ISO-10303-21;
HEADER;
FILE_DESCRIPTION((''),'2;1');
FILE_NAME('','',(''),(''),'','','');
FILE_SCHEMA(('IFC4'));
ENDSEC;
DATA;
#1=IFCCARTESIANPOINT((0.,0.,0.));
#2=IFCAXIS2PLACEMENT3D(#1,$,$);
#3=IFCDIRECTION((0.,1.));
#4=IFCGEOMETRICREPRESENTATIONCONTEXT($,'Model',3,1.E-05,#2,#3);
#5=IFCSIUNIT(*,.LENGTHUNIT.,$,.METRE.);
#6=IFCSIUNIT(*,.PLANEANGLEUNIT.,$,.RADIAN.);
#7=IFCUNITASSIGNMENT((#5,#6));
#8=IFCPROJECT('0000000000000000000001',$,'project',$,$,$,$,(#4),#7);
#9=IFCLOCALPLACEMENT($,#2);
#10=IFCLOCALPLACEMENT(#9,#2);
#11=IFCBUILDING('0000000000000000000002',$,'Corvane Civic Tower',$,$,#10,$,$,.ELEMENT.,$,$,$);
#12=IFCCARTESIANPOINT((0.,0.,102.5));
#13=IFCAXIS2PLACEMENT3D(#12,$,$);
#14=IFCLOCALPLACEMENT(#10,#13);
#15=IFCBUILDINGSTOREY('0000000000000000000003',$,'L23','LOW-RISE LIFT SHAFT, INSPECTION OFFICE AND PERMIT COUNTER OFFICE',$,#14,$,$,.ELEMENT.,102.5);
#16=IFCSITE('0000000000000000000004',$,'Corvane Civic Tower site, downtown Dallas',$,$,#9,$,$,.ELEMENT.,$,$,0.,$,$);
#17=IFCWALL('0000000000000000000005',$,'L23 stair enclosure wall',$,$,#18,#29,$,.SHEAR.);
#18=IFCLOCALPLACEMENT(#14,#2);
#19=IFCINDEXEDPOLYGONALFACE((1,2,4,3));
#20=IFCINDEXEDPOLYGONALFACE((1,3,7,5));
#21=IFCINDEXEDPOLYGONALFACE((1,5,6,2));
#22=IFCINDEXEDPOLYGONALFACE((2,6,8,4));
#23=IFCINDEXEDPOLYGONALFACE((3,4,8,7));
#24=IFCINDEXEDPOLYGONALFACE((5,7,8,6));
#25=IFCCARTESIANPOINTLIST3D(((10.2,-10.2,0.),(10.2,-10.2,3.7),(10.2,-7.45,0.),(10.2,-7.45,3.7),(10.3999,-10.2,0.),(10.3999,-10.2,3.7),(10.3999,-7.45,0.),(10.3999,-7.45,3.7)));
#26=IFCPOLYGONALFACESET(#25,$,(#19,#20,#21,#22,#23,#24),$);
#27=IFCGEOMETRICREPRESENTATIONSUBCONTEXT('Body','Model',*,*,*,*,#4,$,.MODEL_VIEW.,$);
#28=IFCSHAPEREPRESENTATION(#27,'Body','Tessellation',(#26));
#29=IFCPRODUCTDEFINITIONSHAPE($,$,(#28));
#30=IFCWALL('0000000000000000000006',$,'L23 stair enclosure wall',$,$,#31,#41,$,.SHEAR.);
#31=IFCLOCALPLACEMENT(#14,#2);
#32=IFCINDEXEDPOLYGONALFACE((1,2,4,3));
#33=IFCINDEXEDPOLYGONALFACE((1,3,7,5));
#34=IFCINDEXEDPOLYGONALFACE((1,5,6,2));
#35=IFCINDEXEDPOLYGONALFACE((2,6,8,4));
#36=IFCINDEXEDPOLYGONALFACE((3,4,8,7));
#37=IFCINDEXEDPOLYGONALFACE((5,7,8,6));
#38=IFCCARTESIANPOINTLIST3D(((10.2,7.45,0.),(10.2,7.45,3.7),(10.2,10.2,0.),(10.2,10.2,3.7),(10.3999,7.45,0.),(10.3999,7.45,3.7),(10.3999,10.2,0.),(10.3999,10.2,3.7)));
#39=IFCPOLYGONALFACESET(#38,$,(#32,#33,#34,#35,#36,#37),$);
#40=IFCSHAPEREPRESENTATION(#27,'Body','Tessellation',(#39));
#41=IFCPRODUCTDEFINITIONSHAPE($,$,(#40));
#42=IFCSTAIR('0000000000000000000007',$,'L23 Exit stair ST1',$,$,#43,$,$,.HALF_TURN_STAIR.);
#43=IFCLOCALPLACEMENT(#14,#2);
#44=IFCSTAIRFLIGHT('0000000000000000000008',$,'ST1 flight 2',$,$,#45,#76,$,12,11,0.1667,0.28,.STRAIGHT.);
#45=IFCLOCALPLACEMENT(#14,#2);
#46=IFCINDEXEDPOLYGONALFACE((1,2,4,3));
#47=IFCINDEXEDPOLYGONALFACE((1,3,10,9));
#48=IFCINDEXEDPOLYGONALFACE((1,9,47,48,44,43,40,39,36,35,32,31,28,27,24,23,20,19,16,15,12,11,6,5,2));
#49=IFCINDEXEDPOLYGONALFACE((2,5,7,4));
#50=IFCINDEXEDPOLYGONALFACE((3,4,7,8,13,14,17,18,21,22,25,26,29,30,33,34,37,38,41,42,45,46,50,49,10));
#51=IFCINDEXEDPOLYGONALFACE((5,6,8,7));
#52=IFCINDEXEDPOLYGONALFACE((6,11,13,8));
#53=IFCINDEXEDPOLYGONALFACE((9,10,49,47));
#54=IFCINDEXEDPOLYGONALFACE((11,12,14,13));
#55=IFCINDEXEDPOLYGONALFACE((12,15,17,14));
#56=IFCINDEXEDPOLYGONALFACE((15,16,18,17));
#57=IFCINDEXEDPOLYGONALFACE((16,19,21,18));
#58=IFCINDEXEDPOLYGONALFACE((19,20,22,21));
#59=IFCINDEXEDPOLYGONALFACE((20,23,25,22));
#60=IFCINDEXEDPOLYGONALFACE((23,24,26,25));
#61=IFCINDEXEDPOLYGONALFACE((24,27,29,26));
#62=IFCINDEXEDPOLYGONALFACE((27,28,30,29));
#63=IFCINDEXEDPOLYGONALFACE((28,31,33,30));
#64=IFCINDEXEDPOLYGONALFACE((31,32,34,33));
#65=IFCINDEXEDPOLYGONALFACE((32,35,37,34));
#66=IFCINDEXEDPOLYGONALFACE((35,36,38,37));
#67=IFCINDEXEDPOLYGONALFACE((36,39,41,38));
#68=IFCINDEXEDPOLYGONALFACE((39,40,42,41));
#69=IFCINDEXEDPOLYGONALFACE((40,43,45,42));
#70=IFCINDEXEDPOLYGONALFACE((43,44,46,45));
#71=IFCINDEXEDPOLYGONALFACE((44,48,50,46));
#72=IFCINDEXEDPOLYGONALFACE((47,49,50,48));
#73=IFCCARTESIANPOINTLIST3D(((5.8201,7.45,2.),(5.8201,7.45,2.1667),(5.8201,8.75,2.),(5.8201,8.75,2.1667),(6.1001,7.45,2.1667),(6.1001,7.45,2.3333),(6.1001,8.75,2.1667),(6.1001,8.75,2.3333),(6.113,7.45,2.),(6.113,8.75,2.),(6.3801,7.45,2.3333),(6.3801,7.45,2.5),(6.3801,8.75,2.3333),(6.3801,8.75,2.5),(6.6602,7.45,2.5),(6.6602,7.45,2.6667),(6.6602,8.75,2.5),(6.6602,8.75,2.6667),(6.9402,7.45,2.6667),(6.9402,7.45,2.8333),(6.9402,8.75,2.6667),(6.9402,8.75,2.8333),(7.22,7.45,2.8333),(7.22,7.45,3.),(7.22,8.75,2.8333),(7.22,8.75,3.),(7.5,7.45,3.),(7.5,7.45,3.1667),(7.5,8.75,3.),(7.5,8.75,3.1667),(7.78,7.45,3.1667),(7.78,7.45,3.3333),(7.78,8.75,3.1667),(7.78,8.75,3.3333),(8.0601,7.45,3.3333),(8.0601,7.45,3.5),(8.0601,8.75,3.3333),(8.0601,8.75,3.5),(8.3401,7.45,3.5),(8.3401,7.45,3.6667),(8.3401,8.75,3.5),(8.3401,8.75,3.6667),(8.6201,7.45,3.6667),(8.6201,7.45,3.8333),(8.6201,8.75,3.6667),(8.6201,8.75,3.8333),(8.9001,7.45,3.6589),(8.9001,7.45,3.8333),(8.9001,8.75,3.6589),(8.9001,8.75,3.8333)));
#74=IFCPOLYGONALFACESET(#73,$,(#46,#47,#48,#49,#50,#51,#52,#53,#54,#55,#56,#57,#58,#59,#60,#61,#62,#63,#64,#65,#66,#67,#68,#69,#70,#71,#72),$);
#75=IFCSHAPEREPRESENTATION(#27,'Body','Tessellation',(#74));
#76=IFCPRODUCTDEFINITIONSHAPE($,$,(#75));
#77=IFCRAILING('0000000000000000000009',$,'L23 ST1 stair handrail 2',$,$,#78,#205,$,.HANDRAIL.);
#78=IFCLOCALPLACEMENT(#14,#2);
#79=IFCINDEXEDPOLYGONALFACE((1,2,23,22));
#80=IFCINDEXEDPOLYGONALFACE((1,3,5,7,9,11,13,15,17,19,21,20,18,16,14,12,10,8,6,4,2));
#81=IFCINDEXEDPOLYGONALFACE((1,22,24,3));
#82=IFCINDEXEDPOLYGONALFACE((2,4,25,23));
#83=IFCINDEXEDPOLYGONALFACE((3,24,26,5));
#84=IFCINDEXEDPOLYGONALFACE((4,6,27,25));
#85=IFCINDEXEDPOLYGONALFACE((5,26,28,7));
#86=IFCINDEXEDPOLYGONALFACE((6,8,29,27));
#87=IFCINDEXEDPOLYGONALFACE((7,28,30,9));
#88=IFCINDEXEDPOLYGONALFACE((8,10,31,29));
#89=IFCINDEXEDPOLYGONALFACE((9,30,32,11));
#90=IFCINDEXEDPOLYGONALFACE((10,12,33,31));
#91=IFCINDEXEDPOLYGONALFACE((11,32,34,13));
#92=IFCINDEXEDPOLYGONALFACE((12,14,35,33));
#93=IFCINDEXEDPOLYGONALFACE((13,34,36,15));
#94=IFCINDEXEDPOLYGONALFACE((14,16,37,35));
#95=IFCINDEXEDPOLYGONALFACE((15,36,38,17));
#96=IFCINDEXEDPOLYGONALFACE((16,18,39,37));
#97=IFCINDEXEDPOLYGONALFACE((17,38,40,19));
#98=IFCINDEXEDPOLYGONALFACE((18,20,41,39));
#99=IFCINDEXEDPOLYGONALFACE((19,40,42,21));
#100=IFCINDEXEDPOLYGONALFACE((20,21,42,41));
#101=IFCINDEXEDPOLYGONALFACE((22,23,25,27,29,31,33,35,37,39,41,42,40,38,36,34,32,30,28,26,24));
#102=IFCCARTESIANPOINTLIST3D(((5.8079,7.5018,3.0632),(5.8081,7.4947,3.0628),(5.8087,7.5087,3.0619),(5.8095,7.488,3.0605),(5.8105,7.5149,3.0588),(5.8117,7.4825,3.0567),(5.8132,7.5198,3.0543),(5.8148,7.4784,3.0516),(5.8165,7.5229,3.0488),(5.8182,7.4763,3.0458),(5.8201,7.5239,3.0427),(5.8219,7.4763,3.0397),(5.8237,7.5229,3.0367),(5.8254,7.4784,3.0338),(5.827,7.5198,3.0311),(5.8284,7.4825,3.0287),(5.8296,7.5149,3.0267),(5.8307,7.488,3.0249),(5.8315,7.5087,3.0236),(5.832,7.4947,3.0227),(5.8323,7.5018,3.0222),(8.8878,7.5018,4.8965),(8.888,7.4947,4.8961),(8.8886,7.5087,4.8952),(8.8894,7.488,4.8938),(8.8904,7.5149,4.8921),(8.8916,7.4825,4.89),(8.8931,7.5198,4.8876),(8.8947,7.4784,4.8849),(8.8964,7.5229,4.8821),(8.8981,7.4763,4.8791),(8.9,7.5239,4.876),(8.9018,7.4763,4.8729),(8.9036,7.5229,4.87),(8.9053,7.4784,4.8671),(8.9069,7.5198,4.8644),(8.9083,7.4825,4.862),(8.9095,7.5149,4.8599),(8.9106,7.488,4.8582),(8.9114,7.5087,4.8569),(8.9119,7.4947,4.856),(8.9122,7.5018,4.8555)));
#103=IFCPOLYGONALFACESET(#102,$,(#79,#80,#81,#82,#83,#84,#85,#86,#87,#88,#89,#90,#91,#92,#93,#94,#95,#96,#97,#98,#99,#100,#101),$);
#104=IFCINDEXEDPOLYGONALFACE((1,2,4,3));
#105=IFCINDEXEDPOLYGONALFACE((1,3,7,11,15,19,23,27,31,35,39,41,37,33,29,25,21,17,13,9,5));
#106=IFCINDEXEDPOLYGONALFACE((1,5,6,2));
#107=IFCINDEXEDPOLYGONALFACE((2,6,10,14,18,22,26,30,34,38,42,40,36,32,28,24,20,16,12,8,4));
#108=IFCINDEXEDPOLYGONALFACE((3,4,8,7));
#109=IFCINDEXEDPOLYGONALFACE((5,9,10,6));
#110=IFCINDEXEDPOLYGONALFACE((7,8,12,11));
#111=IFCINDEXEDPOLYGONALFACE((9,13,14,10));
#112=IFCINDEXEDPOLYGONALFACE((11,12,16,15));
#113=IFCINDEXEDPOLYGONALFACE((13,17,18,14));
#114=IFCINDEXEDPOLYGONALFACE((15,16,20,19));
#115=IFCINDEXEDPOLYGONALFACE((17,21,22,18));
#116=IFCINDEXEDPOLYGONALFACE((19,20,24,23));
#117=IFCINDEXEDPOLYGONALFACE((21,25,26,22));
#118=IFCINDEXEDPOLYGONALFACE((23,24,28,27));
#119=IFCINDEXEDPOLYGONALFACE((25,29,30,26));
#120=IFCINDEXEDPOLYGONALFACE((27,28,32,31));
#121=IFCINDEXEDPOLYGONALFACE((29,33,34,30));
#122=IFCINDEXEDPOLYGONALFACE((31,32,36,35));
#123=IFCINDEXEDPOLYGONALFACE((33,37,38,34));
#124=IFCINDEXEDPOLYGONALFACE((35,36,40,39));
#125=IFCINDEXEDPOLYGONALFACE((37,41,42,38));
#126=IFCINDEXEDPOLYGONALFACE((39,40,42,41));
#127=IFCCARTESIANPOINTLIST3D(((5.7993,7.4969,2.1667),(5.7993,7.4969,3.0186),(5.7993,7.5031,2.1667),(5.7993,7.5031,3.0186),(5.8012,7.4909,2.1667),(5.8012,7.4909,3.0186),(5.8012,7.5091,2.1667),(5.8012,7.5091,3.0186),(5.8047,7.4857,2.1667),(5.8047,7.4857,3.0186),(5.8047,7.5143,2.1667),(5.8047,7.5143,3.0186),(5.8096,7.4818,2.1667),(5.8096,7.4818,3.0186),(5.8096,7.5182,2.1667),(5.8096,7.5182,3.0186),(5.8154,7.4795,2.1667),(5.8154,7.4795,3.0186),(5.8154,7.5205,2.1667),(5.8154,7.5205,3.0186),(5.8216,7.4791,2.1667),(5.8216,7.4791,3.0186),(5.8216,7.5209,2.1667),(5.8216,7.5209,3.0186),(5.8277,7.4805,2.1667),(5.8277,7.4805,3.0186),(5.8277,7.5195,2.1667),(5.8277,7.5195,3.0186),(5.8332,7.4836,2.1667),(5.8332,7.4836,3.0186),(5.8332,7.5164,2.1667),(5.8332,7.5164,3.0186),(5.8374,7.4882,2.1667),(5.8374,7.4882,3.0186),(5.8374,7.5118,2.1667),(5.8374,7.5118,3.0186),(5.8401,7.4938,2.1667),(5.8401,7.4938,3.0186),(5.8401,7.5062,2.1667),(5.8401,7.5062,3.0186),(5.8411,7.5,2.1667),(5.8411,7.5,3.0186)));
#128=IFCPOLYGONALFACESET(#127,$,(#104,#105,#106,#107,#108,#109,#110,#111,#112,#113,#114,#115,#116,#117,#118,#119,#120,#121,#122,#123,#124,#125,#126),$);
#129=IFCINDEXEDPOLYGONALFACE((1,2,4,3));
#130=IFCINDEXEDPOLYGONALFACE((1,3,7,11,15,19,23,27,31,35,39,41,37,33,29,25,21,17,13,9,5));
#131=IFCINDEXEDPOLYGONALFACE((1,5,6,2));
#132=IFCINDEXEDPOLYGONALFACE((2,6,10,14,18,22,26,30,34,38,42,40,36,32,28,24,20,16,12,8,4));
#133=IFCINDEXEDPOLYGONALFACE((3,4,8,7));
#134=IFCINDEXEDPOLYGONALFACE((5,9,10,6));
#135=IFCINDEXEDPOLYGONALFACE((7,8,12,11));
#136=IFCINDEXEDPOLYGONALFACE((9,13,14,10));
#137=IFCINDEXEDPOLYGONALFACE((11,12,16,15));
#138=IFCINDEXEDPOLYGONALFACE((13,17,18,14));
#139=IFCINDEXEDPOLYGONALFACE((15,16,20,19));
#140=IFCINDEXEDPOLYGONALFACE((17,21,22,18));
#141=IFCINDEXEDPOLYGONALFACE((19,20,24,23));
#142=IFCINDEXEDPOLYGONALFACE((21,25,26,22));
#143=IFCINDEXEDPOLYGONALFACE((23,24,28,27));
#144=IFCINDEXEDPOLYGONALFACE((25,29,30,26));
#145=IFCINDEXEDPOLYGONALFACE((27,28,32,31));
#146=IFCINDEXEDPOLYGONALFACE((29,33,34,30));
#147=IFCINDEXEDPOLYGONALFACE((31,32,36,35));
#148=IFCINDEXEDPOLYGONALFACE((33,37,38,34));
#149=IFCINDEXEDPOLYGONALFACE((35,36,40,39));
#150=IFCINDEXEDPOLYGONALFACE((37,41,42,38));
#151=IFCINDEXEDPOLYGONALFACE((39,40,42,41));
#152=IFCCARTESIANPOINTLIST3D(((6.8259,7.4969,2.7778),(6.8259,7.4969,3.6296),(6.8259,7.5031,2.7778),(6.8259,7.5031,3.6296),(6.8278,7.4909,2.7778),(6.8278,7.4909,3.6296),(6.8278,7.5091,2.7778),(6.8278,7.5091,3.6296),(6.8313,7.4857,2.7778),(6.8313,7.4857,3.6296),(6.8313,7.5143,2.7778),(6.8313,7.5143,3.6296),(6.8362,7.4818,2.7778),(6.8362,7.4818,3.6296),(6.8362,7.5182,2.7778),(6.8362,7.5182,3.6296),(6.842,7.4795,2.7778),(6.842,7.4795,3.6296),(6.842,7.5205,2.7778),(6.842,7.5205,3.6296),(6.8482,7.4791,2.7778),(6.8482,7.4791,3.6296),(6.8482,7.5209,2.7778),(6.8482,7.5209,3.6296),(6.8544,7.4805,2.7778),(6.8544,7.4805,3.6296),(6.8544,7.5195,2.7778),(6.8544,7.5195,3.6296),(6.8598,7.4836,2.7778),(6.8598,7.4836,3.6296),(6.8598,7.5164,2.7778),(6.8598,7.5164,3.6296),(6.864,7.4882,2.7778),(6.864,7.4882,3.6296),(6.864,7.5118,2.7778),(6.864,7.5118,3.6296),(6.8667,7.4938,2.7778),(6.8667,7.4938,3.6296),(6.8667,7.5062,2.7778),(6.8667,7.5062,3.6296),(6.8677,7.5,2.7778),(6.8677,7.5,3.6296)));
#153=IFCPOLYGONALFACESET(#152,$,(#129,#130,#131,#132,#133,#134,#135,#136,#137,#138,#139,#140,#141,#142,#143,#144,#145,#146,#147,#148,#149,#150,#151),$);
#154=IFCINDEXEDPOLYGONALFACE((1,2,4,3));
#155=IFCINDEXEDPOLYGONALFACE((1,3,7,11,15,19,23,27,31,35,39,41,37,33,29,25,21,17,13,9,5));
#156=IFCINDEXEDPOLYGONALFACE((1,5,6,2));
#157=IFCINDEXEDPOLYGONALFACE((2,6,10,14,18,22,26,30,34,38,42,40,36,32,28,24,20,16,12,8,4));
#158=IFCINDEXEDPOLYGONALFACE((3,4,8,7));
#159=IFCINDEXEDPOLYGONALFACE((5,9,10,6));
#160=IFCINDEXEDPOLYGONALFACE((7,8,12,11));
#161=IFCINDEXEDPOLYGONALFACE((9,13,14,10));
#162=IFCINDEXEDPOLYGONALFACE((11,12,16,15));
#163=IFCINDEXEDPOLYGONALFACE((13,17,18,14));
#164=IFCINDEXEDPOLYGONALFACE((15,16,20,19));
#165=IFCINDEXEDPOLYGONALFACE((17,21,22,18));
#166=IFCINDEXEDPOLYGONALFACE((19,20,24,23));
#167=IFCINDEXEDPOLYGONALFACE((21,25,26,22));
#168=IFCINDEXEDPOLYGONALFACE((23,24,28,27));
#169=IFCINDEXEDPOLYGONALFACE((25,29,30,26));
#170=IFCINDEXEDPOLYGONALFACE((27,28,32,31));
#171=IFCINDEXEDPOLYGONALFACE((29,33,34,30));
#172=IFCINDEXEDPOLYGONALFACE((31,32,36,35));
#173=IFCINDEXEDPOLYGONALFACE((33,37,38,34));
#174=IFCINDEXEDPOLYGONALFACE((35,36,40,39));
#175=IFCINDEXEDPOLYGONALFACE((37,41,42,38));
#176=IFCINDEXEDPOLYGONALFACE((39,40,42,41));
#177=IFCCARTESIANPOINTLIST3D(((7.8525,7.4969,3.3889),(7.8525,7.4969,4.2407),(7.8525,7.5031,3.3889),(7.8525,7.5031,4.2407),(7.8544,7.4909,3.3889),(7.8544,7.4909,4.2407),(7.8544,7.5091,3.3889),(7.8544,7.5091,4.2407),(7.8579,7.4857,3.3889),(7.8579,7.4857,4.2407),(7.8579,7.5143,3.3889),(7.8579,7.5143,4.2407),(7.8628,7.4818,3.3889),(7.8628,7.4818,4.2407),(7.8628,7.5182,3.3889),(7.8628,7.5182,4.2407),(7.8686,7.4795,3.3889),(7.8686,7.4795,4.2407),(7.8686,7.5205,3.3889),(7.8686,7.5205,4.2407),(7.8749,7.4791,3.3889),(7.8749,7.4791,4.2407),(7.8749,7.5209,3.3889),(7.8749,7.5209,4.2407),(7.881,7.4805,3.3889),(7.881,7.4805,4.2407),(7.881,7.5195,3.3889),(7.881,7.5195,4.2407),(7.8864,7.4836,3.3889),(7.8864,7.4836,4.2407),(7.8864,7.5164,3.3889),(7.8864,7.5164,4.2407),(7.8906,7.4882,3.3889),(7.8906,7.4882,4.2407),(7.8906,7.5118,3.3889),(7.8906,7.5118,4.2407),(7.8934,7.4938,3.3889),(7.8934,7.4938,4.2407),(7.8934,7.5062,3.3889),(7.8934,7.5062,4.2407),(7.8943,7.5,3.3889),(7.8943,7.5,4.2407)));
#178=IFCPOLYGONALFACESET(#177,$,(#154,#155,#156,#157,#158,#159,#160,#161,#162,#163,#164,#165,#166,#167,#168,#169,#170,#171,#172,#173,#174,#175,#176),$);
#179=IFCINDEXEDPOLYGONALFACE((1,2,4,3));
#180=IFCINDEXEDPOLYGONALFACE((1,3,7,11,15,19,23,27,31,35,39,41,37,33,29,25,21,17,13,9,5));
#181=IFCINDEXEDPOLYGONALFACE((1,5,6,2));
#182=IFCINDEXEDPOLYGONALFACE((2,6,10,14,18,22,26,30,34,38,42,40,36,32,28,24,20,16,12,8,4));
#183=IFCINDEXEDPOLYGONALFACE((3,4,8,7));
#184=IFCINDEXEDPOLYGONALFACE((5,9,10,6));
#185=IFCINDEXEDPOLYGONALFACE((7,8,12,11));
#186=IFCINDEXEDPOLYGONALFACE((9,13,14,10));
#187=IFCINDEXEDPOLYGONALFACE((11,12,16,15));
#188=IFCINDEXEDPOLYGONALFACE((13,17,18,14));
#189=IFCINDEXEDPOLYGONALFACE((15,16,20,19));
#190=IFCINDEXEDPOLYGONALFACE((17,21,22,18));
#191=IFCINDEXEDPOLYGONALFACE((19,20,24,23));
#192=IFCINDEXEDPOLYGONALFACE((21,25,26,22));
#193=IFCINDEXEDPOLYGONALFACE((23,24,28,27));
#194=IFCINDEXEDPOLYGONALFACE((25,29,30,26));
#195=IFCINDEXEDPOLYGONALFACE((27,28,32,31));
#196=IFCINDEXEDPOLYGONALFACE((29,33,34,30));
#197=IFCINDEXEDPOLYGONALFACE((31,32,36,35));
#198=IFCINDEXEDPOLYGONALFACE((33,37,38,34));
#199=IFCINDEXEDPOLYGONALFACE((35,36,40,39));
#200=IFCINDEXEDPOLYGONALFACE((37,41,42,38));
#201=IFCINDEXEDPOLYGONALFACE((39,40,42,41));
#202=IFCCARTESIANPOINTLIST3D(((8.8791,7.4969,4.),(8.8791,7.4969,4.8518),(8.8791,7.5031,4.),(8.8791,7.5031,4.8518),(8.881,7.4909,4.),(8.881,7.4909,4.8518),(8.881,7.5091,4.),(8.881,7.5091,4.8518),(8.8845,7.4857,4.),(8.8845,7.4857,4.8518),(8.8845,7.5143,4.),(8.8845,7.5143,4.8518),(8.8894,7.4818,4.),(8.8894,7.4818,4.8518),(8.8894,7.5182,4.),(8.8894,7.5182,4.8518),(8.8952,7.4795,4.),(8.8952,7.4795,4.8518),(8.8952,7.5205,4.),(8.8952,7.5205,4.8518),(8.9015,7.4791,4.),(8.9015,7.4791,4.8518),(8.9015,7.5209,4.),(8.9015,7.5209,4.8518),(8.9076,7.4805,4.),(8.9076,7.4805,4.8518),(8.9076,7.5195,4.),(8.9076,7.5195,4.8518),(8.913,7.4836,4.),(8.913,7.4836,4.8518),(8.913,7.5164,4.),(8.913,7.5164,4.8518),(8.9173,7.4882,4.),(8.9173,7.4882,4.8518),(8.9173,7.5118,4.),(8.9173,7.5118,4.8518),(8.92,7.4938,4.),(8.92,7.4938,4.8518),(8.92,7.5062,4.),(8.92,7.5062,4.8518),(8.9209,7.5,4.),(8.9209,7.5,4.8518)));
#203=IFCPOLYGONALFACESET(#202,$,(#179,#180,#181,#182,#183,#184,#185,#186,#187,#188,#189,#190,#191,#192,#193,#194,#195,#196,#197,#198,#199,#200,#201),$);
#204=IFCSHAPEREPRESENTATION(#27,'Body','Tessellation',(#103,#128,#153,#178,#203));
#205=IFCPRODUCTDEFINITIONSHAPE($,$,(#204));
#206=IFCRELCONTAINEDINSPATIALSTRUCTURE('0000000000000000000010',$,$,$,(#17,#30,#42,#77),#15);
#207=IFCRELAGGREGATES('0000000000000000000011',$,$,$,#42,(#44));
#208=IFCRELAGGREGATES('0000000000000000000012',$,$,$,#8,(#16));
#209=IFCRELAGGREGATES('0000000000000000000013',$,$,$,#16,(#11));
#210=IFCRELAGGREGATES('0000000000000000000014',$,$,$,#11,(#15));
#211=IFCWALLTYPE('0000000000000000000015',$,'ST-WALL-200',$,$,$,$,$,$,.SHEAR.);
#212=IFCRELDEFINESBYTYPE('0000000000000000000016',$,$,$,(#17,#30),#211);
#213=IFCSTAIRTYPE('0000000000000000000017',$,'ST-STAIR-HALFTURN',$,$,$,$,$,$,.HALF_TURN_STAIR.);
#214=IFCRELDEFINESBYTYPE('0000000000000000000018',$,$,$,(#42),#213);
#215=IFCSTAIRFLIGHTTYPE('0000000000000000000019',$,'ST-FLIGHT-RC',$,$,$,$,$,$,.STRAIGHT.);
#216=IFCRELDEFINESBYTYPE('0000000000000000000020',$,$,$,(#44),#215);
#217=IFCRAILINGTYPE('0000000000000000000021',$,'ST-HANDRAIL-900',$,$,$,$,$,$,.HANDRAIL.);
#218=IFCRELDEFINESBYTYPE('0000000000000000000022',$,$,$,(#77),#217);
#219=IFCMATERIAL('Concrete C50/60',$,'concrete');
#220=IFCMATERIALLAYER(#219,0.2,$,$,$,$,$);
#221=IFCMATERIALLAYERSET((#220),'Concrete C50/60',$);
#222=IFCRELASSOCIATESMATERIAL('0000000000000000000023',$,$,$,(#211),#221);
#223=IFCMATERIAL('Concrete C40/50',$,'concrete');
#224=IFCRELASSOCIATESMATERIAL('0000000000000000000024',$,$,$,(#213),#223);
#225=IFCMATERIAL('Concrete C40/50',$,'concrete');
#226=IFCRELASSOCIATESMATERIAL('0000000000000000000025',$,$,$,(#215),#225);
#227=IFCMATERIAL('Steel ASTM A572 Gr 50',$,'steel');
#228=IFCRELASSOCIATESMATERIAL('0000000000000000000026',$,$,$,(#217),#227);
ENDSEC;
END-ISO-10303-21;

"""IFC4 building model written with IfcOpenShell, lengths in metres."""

from ifc_helpers import new_model, si_unit, direction, frame, origin, origin_2d, place, context, subcontext, project, spatial, polyline, circle, outline, extrude, material, layer, layer_set, type_object, element, aggregate, save


model = new_model("IFC4")

# Units and contexts
model_context = context("Model", 3, precision=1e-05, world=origin(), true_north=direction((0.0, 1.0)))
body_context = subcontext(model_context, "Body", "Model", "MODEL_VIEW")
ifc_project = project(units=[si_unit("LENGTHUNIT", "METRE"), si_unit("PLANEANGLEUNIT", "RADIAN")], contexts=[model_context])

# Site, building, storey
site_placement = place(None, origin())
site = spatial("IfcSite", under=ifc_project, at=site_placement, Name="Corvane Civic Tower site, downtown Dallas", CompositionType="ELEMENT", RefElevation=0.0)
building_placement = place(site_placement, origin())
building = spatial("IfcBuilding", under=site, at=building_placement, Name="Corvane Civic Tower", CompositionType="ELEMENT")
storey_placement = place(building_placement, frame((0.0, 0.0, 102.5)))
storey = spatial("IfcBuildingStorey", under=building, at=storey_placement, Name="L23", Description="LOW-RISE LIFT SHAFT, INSPECTION OFFICE AND PERMIT COUNTER OFFICE", CompositionType="ELEMENT", Elevation=102.5)

# Shared definitions
ifc_material_1 = material(Name="Concrete C50/60", Category="concrete")
ifc_layer_1 = layer(ifc_material_1, 0.2)
ifc_layer_set_1 = layer_set([ifc_layer_1], Name="Concrete C50/60")
wall_type_1 = type_object("IfcWallType", Name="ST-WALL-200", PredefinedType="SHEAR", material=ifc_layer_set_1)

# Walls
wall_1_placement = place(storey_placement, origin())
element("IfcWall", 1, at=wall_1_placement, inside=storey, type_object=wall_type_1, Name="L23 stair enclosure wall", PredefinedType="SHEAR", context=body_context, shape_type="SweptSolid", body=[
    extrude(outline(polyline([(10.3999, -7.45), (10.3999, -10.2), (10.2, -10.2), (10.2, -7.45), (10.3999, -7.45)])), origin(), (0.0, 0.0, 1.0), 3.7),
])
wall_2_placement = place(storey_placement, origin())
element("IfcWall", 2, at=wall_2_placement, inside=storey, type_object=wall_type_1, Name="L23 stair enclosure wall", PredefinedType="SHEAR", context=body_context, shape_type="SweptSolid", body=[
    extrude(outline(polyline([(10.3999, 7.45), (10.2, 7.45), (10.2, 10.2), (10.3999, 10.2), (10.3999, 7.45)])), origin(), (0.0, 0.0, 1.0), 3.7),
])

# Stair, stair flight
ifc_material_2 = material(Name="Concrete C40/50", Category="concrete")
stair_type = type_object("IfcStairType", Name="ST-STAIR-HALFTURN", PredefinedType="HALF_TURN_STAIR", material=ifc_material_2)
stair_placement = place(storey_placement, origin())
stair = element("IfcStair", 3, at=stair_placement, inside=storey, type_object=stair_type, Name="L23 Exit stair ST1", PredefinedType="HALF_TURN_STAIR")
ifc_material_3 = material(Name="Concrete C40/50", Category="concrete")
stair_flight_type = type_object("IfcStairFlightType", Name="ST-FLIGHT-RC", PredefinedType="STRAIGHT", material=ifc_material_3)
stair_flight_placement = place(storey_placement, frame((5.8201, 8.1001, 2.0), z_axis=(0.0, 0.0, 1.0), x_axis=(1.0, 0.0, 0.0)))
stair_flight = element("IfcStairFlight", 4, at=stair_flight_placement, type_object=stair_flight_type, Name="ST1 flight 2", NumberOfRisers=12, NumberOfTreads=11, PredefinedType="STRAIGHT", RiserHeight=0.1667, TreadLength=0.28, context=body_context, shape_type="SweptSolid", body=[
    extrude(outline(polyline([(0.0, 0.0), (0.0, 0.1667), (0.28, 0.1667), (0.28, 0.3333), (0.5601, 0.3333), (0.5601, 0.5), (0.8401, 0.5), (0.8401, 0.6667), (1.1201, 0.6667), (1.1201, 0.8333), (1.3999, 0.8333), (1.3999, 1.0), (1.6799, 1.0), (1.6799, 1.1667), (1.96, 1.1667), (1.96, 1.3333), (2.24, 1.3333), (2.24, 1.5), (2.52, 1.5), (2.52, 1.6667), (2.8, 1.6667), (2.8, 1.8333), (3.0801, 1.8333), (3.0801, 2.0), (3.0801, 1.6589), (0.293, 0.0), (0.0, 0.0)])), frame((0.0, 0.6499, 0.0), z_axis=(0.0, -1.0, 0.0), x_axis=(1.0, 0.0, 0.0)), (0.0, 0.0, 1.0), 1.3),
])
aggregate(stair, [stair_flight])

# Railing
ifc_material_4 = material(Name="Steel ASTM A572 Gr 50", Category="steel")
railing_type = type_object("IfcRailingType", Name="ST-HANDRAIL-900", PredefinedType="HANDRAIL", material=ifc_material_4)
railing_placement = place(storey_placement, frame((5.8201, 7.5, 2.1667)))
element("IfcRailing", 5, at=railing_placement, inside=storey, type_object=railing_type, Name="L23 ST1 stair handrail 2", PredefinedType="HANDRAIL", context=body_context, shape_type="SweptSolid", body=[
    extrude(circle(Radius=0.0239, at=origin_2d()), frame((0.0, 0.0, 0.876), z_axis=(0.859291, 0.0, 0.511487), x_axis=(0.0, 1.0, 0.0)), (0.0, 0.0, 1.0), 3.5842),
    extrude(circle(Radius=0.021, at=origin_2d()), origin(), (0.0, 0.0, 1.0), 0.8518),
    extrude(circle(Radius=0.021, at=origin_2d()), frame((1.0266, 0.0, 0.6111)), (0.0, 0.0, 1.0), 0.8518),
    extrude(circle(Radius=0.021, at=origin_2d()), frame((2.0532, 0.0, 1.2222)), (0.0, 0.0, 1.0), 0.8518),
    extrude(circle(Radius=0.021, at=origin_2d()), frame((3.0798, 0.0, 1.8333)), (0.0, 0.0, 1.0), 0.8518),
])

save(model, "model.ifc")
